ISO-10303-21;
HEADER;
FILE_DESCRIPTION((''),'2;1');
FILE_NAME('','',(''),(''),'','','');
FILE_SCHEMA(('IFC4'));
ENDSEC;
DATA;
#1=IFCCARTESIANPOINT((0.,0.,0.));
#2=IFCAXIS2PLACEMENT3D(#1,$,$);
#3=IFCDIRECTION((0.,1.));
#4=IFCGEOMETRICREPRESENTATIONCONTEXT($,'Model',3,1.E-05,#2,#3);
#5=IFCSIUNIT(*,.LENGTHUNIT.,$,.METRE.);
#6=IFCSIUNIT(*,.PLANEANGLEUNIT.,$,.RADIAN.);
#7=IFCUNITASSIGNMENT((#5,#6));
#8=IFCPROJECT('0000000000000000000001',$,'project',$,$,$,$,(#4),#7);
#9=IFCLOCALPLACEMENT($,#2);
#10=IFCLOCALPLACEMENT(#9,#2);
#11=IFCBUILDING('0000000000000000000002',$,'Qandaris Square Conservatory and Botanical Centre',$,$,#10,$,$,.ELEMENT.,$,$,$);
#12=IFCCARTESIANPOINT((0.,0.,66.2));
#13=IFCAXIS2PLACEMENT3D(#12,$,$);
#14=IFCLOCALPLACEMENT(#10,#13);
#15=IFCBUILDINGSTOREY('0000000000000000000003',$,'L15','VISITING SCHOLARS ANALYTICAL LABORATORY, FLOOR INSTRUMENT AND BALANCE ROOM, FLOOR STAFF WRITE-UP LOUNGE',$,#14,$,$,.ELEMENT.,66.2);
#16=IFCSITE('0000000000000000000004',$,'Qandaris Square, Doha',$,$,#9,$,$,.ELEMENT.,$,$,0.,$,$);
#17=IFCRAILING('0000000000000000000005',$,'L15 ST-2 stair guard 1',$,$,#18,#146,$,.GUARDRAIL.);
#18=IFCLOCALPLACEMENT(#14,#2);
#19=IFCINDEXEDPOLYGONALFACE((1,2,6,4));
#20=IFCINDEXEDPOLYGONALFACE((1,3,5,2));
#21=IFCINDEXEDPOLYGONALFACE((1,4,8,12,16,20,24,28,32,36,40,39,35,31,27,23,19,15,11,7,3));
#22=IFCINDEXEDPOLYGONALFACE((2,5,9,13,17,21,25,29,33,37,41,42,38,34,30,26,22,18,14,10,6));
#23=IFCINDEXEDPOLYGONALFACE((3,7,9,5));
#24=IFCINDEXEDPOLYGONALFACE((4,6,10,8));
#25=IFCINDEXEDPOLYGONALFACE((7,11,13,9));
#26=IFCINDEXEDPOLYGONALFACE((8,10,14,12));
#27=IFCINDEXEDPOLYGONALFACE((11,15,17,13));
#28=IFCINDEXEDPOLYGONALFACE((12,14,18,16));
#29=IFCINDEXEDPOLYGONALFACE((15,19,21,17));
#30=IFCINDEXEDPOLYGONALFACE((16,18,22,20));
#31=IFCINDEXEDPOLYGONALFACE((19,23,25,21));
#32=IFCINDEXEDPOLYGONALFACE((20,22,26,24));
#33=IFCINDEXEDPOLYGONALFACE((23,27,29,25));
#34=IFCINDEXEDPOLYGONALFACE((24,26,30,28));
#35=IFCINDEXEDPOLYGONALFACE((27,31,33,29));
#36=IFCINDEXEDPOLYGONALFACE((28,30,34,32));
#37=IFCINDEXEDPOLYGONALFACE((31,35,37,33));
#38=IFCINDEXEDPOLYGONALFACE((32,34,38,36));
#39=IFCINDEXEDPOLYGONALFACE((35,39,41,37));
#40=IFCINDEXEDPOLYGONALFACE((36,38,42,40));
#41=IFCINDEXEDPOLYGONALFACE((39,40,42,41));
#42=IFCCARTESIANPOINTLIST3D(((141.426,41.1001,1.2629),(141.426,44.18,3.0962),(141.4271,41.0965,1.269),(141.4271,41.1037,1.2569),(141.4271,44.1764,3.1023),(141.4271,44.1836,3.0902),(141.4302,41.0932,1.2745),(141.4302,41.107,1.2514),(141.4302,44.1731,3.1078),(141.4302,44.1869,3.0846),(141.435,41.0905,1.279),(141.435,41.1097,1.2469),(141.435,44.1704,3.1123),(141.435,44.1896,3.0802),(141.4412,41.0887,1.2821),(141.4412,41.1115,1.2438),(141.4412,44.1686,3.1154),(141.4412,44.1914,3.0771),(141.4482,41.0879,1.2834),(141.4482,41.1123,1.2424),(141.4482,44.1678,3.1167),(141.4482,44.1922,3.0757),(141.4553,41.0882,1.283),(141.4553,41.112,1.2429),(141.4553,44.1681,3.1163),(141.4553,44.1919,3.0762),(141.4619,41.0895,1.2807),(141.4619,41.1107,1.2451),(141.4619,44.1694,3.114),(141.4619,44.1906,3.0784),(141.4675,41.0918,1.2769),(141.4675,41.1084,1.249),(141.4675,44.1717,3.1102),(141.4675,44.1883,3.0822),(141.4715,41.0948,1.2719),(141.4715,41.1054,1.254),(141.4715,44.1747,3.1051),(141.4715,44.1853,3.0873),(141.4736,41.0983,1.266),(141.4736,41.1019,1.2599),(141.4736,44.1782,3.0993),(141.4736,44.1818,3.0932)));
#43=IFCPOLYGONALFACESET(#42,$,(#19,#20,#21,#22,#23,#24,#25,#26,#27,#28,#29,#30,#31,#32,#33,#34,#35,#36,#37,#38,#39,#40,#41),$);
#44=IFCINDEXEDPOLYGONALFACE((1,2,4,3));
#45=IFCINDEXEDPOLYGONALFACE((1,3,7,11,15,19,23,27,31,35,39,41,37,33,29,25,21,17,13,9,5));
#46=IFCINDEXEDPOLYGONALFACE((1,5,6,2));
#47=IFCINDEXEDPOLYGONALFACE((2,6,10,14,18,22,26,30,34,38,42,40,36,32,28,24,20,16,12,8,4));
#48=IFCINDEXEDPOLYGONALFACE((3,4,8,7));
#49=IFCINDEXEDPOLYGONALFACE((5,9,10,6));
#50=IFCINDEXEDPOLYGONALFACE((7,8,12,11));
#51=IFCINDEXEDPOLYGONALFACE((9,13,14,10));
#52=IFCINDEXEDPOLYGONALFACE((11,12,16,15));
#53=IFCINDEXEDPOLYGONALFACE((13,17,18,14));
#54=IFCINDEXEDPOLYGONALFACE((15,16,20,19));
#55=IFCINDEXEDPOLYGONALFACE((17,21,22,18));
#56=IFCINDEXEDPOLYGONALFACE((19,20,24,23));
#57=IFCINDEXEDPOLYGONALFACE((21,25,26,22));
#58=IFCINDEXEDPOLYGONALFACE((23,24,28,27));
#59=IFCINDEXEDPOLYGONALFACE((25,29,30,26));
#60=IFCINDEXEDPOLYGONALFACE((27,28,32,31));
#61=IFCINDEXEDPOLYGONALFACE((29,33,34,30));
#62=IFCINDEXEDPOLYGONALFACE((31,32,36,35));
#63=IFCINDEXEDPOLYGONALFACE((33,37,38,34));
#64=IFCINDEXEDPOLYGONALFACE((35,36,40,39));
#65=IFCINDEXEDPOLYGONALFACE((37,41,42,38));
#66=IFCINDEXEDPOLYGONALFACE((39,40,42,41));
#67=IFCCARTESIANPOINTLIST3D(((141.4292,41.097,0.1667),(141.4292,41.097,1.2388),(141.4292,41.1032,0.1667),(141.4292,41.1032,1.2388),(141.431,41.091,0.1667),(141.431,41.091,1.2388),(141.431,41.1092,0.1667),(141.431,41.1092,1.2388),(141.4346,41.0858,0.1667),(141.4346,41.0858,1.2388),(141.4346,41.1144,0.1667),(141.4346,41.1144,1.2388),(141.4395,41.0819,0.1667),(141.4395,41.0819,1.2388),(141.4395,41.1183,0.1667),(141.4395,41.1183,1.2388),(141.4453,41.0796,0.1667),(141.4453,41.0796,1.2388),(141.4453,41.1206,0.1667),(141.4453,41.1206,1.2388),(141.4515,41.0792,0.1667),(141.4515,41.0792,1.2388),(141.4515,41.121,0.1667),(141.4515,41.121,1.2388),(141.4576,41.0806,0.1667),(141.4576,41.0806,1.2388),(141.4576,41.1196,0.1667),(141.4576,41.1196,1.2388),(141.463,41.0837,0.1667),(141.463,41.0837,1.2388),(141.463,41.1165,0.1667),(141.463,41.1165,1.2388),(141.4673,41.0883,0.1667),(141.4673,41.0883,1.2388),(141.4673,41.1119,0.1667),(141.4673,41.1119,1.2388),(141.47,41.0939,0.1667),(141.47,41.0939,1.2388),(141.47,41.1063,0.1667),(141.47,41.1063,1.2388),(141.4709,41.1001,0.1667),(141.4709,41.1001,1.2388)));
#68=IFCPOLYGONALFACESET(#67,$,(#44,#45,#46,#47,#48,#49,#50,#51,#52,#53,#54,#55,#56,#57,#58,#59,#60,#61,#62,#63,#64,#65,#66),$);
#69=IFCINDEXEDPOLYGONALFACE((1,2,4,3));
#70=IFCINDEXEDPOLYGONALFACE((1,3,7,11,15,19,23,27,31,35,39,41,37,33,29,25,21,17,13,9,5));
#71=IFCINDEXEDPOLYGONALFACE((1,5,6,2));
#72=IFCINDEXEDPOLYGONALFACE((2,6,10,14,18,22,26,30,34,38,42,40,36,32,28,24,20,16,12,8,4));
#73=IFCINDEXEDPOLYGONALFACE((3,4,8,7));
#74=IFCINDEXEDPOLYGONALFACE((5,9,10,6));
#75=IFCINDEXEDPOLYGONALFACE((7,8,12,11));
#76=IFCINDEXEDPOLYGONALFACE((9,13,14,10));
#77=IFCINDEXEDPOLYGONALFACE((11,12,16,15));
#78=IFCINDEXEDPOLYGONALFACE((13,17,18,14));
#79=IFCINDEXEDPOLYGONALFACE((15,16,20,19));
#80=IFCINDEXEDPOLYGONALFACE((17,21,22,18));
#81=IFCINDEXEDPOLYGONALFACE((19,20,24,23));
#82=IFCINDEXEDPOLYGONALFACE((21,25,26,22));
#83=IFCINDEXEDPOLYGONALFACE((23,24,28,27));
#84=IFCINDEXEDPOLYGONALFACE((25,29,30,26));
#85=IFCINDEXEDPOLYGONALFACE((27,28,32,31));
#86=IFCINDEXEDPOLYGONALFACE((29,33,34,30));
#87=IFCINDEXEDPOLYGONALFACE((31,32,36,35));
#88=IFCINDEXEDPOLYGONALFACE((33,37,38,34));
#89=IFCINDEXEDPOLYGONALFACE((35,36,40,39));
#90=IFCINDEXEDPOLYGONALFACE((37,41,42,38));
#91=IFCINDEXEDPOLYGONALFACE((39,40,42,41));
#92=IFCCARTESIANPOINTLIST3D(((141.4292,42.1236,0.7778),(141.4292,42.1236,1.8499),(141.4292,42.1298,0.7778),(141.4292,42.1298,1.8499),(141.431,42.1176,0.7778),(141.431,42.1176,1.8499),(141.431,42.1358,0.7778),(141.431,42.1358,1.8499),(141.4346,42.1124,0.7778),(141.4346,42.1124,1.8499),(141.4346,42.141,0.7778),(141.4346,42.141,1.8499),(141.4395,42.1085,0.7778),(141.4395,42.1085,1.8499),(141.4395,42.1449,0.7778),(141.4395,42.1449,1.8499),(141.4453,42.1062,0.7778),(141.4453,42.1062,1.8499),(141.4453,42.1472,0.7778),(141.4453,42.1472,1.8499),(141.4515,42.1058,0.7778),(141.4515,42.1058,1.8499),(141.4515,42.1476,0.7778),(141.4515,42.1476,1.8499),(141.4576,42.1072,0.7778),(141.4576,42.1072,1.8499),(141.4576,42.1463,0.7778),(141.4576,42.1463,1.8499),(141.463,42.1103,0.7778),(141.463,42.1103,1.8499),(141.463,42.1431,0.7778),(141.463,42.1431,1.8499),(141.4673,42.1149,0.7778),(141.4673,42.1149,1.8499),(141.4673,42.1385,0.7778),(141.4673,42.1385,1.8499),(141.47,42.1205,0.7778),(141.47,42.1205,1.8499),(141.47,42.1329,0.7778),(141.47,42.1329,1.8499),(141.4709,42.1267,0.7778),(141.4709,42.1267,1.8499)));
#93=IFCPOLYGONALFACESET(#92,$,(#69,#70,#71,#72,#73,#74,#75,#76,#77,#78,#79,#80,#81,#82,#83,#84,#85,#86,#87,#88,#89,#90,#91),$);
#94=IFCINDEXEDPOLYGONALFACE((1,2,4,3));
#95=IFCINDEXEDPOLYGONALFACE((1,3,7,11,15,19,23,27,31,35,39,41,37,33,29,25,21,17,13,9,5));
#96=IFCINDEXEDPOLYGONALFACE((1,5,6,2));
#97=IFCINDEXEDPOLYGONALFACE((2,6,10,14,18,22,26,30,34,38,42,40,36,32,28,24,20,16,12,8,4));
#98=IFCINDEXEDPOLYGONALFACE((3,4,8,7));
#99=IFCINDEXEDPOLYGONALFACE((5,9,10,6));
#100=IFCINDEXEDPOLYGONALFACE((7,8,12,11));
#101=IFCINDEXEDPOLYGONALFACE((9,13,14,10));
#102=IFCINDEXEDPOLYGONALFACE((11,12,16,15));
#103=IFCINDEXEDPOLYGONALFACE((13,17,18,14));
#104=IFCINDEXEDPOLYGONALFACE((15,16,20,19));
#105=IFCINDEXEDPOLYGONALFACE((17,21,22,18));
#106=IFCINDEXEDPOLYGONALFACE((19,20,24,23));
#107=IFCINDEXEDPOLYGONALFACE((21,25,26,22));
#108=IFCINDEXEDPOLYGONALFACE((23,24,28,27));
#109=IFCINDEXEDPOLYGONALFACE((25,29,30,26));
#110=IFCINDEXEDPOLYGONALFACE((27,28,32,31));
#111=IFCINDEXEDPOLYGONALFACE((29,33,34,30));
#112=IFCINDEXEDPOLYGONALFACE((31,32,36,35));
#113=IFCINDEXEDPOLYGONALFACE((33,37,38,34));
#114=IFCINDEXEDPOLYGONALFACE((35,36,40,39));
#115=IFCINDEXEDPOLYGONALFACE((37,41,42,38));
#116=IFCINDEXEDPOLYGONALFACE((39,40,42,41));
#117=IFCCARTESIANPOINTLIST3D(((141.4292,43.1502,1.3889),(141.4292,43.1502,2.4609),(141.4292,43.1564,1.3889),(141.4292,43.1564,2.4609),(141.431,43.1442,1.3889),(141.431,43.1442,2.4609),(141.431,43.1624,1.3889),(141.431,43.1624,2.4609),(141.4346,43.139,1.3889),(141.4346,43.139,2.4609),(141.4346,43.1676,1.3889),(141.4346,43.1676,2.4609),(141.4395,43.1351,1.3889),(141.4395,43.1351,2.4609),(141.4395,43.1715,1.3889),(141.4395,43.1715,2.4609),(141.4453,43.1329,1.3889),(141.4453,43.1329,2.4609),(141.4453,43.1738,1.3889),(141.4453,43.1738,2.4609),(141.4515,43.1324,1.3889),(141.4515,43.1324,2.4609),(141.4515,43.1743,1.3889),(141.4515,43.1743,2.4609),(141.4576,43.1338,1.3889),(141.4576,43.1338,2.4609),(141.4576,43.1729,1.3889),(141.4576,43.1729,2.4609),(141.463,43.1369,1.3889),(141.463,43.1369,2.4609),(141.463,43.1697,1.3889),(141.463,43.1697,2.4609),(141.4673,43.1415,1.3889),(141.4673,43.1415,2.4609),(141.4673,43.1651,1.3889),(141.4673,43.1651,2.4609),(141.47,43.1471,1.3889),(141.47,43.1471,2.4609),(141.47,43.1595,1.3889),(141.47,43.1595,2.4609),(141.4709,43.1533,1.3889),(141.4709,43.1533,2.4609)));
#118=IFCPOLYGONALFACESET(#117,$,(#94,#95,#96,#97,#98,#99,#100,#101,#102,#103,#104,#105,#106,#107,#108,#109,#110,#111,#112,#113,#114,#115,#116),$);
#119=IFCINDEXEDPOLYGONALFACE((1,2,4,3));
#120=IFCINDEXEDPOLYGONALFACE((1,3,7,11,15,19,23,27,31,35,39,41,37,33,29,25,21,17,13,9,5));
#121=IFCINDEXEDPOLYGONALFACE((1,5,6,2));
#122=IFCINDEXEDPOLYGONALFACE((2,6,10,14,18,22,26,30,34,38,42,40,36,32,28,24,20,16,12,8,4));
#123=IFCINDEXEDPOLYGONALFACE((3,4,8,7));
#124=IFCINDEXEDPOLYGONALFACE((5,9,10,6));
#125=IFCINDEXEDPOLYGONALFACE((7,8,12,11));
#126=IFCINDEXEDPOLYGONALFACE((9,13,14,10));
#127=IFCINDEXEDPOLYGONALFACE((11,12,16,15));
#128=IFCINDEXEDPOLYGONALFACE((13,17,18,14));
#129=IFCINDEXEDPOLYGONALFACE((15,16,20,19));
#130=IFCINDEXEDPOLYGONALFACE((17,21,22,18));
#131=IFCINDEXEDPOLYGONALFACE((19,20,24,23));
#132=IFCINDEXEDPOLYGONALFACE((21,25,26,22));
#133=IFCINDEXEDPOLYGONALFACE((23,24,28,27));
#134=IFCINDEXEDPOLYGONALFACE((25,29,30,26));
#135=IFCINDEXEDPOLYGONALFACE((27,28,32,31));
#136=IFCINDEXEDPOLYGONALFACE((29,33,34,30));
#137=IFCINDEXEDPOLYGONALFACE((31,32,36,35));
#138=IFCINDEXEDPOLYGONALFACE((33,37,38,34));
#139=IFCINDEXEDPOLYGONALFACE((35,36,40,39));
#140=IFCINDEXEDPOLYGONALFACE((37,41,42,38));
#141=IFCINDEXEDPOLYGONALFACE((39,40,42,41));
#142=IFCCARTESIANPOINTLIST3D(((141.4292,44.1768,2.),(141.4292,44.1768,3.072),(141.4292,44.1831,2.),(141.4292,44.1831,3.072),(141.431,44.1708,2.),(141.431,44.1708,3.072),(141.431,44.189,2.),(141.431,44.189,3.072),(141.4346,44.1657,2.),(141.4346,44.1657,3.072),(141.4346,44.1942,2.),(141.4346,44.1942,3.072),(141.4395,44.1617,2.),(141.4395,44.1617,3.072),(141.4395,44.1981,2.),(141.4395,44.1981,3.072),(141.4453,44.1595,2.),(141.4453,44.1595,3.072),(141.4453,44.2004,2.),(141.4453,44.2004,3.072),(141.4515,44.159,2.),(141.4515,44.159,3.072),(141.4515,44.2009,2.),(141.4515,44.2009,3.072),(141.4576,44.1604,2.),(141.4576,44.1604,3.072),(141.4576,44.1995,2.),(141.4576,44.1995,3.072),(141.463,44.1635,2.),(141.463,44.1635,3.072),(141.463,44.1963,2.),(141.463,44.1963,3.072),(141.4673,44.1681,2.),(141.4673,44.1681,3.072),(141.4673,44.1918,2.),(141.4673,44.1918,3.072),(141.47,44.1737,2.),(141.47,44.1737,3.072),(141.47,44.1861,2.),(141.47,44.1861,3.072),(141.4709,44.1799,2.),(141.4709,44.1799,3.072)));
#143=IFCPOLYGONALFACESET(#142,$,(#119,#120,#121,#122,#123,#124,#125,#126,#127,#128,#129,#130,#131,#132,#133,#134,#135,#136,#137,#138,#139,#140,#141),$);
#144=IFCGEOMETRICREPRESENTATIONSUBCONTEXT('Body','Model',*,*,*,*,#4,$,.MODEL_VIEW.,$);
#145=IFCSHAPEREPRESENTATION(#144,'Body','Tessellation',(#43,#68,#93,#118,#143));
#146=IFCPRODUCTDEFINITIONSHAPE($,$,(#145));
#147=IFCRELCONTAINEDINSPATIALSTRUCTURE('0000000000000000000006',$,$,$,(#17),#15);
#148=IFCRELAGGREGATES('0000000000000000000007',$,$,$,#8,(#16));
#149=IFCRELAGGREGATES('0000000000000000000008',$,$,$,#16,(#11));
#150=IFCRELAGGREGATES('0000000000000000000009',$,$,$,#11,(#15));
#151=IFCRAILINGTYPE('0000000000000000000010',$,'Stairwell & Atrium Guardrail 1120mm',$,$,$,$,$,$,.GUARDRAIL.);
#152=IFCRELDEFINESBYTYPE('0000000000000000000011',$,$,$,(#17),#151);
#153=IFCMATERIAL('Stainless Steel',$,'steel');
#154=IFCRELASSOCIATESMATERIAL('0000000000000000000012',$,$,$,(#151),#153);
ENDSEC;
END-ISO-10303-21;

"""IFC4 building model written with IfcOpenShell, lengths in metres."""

from ifc_helpers import new_model, si_unit, direction, frame, origin, origin_2d, place, context, subcontext, project, spatial, circle, extrude, material, type_object, element, save


model = new_model("IFC4")

# Units and contexts
model_context = context("Model", 3, precision=1e-05, world=origin(), true_north=direction((0.0, 1.0)))
body_context = subcontext(model_context, "Body", "Model", "MODEL_VIEW")
ifc_project = project(units=[si_unit("LENGTHUNIT", "METRE"), si_unit("PLANEANGLEUNIT", "RADIAN")], contexts=[model_context])

# Site, building, storey
site_placement = place(None, origin())
site = spatial("IfcSite", under=ifc_project, at=site_placement, Name="Qandaris Square, Doha", CompositionType="ELEMENT", RefElevation=0.0)
building_placement = place(site_placement, origin())
building = spatial("IfcBuilding", under=site, at=building_placement, Name="Qandaris Square Conservatory and Botanical Centre", CompositionType="ELEMENT")
storey_placement = place(building_placement, frame((0.0, 0.0, 66.2)))
storey = spatial("IfcBuildingStorey", under=building, at=storey_placement, Name="L15", Description="VISITING SCHOLARS ANALYTICAL LABORATORY, FLOOR INSTRUMENT AND BALANCE ROOM, FLOOR STAFF WRITE-UP LOUNGE", CompositionType="ELEMENT", Elevation=66.2)

# Railing
ifc_material_1 = material(Name="Stainless Steel", Category="steel")
railing_type_1 = type_object("IfcRailingType", Name="Stairwell & Atrium Guardrail 1120mm", PredefinedType="GUARDRAIL", material=ifc_material_1)
railing_1_placement = place(storey_placement, frame((141.45, 41.1001, 0.1667)))
element("IfcRailing", 1, at=railing_1_placement, inside=storey, type_object=railing_type_1, Name="L15 ST-2 stair guard 1", PredefinedType="GUARDRAIL", context=body_context, shape_type="SweptSolid", body=[
    extrude(circle(Radius=0.0239, at=origin_2d()), frame((0.0, 0.0, 1.0962), z_axis=(0.0, 0.859291, 0.511487), x_axis=(-1.0, 0.0, 0.0)), (0.0, 0.0, 1.0), 3.5842),
    extrude(circle(Radius=0.021, at=origin_2d()), origin(), (0.0, 0.0, 1.0), 1.072),
    extrude(circle(Radius=0.021, at=origin_2d()), frame((0.0, 1.0266, 0.6111)), (0.0, 0.0, 1.0), 1.072),
    extrude(circle(Radius=0.021, at=origin_2d()), frame((0.0, 2.0532, 1.2222)), (0.0, 0.0, 1.0), 1.072),
    extrude(circle(Radius=0.021, at=origin_2d()), frame((0.0, 3.0798, 1.8333)), (0.0, 0.0, 1.0), 1.072),
])

save(model, "model.ifc")
